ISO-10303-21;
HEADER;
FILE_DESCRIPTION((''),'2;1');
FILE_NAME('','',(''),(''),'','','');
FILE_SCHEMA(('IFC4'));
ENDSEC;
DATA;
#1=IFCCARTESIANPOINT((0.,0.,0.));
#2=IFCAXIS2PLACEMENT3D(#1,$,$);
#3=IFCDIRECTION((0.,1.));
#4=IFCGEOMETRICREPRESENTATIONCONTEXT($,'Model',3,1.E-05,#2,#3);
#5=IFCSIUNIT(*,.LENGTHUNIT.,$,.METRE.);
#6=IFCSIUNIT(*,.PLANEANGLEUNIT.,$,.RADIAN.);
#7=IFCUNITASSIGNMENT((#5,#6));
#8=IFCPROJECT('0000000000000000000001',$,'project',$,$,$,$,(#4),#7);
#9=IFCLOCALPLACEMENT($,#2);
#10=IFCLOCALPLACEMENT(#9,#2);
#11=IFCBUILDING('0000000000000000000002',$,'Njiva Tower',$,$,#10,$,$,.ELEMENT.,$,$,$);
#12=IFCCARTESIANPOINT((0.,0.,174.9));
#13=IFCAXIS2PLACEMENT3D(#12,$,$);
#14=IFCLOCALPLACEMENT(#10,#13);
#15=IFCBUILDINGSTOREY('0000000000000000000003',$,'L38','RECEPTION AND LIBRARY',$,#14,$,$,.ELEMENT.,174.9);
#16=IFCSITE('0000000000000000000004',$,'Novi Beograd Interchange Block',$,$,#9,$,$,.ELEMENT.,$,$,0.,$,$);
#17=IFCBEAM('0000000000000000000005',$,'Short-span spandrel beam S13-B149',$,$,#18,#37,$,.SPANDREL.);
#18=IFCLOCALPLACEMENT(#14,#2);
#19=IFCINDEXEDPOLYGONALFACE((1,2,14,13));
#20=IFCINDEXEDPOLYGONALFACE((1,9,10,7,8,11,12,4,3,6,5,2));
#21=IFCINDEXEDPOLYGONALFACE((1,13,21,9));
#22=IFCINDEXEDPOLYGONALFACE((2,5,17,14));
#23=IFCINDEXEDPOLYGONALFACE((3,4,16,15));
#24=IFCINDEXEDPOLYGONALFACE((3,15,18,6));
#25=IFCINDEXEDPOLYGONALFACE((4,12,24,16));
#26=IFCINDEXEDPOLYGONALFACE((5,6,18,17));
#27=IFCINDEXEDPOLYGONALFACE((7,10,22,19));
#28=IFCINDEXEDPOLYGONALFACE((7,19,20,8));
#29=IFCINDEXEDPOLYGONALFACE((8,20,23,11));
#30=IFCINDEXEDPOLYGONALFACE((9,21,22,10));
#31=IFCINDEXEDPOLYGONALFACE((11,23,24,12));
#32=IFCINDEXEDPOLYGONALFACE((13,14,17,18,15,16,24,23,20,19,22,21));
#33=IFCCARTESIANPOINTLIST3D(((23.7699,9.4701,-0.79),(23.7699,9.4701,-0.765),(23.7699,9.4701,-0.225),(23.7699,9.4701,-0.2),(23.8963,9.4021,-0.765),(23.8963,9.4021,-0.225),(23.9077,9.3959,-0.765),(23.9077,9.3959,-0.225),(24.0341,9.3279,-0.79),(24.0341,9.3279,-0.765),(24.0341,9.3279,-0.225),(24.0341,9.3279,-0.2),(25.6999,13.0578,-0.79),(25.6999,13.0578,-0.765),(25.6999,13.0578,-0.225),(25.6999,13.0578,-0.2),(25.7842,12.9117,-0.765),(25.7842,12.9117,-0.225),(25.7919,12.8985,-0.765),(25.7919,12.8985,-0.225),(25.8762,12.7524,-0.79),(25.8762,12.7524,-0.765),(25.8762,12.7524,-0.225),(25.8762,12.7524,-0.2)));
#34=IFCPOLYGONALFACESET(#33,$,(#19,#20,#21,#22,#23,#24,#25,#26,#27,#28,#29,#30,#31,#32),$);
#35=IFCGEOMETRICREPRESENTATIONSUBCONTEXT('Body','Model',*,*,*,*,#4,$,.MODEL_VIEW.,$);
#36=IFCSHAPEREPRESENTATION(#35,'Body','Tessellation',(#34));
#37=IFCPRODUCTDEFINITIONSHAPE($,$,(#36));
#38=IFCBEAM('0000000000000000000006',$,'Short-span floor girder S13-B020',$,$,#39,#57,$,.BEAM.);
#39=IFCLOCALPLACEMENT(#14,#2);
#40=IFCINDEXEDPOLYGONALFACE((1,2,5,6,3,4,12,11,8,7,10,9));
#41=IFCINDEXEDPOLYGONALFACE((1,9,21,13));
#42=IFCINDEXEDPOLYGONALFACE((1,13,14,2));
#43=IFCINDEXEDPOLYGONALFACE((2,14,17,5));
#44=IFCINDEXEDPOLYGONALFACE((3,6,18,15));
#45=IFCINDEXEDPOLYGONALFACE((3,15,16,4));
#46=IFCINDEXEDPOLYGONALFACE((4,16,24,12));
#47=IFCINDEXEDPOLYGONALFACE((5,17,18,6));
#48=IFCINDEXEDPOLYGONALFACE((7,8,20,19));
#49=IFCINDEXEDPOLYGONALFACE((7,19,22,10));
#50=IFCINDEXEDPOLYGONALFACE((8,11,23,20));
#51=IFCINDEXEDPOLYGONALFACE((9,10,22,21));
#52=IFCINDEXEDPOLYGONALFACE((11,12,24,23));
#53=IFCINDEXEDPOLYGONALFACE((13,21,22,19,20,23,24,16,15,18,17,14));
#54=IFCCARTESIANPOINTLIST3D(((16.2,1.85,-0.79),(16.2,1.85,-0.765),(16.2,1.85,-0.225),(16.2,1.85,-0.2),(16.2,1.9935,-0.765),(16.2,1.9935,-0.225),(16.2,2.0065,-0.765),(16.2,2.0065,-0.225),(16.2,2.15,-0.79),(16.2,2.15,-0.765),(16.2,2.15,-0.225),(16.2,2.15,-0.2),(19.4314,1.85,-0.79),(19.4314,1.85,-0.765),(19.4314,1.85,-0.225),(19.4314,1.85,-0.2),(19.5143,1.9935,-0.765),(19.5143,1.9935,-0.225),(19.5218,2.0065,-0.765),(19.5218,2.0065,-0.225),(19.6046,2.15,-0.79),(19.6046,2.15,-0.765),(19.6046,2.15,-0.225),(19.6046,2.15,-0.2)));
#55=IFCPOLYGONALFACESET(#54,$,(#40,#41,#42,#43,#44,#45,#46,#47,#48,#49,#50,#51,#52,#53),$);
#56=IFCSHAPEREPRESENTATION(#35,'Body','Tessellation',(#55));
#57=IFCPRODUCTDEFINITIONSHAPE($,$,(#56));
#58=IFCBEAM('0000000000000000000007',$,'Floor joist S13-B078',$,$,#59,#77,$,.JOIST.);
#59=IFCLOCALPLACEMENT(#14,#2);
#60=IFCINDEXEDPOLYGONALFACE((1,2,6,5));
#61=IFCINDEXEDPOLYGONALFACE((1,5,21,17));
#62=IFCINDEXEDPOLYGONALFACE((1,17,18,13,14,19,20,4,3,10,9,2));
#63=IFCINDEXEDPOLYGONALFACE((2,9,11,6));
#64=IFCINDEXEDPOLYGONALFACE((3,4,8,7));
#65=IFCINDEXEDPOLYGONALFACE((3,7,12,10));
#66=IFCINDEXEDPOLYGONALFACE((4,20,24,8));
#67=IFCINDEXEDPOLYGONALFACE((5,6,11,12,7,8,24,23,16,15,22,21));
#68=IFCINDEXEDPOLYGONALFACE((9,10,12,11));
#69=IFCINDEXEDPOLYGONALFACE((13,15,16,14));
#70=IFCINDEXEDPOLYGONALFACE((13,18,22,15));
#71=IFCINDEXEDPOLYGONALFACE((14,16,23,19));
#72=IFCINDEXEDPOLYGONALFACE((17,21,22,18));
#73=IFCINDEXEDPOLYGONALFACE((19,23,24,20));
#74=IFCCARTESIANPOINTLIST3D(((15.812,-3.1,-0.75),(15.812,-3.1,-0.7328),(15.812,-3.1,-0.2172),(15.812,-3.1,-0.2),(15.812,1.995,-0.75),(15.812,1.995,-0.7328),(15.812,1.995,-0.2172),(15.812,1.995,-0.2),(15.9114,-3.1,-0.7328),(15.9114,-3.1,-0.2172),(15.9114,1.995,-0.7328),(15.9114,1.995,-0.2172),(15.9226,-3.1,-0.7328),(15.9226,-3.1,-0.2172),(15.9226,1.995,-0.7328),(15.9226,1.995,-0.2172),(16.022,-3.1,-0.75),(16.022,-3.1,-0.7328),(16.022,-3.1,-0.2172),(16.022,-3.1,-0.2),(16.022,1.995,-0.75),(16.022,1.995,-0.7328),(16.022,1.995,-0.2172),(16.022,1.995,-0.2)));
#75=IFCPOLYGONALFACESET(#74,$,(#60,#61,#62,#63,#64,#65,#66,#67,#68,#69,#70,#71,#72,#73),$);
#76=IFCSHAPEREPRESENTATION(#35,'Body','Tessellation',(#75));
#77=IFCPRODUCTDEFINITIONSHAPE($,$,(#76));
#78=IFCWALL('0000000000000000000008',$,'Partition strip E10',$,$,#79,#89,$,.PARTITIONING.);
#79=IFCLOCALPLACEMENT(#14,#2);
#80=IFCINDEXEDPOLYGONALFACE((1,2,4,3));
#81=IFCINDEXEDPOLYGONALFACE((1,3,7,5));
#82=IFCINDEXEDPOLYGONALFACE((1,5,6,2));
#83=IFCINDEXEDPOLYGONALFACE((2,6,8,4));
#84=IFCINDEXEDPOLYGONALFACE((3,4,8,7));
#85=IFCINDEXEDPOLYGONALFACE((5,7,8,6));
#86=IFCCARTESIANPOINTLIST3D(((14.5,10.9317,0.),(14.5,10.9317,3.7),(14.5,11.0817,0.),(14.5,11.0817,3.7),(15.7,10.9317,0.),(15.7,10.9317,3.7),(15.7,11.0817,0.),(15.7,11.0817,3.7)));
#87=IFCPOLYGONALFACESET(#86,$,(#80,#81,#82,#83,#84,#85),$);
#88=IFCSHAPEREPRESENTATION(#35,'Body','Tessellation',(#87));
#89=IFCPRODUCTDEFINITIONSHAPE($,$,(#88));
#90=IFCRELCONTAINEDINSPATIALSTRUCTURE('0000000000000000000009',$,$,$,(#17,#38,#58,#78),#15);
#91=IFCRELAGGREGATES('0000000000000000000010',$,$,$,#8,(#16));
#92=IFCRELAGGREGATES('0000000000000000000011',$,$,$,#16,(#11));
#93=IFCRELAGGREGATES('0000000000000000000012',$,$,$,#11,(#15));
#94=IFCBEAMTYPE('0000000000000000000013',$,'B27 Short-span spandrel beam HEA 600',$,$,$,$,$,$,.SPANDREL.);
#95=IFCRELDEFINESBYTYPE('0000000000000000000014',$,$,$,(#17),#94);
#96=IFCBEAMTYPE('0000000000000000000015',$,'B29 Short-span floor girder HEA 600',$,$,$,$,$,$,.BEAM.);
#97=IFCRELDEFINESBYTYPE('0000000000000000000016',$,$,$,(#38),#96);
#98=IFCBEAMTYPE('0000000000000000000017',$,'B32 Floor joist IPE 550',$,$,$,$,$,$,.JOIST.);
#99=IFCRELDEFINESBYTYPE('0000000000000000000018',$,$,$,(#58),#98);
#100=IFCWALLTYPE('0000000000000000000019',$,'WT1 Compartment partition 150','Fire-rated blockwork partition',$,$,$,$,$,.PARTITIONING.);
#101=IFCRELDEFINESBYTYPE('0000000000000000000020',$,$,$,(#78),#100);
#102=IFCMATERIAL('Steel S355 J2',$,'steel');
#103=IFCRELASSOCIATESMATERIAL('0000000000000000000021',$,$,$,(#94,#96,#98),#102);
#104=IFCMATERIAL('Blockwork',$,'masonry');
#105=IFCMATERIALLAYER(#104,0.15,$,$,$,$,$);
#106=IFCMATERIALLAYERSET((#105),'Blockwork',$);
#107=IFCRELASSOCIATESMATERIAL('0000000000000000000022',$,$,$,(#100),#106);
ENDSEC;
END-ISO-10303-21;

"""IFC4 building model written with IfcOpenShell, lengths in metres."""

from ifc_helpers import new_model, si_unit, direction, frame, frame_2d, origin, origin_2d, place, context, subcontext, project, spatial, rectangle, i_section, extrude, clip, halfspace, material, layer, layer_set, material_profile, profile_set, type_object, element, save


model = new_model("IFC4")

# Units and contexts
model_context = context("Model", 3, precision=1e-05, world=origin(), true_north=direction((0.0, 1.0)))
body_context = subcontext(model_context, "Body", "Model", "MODEL_VIEW")
ifc_project = project(units=[si_unit("LENGTHUNIT", "METRE"), si_unit("PLANEANGLEUNIT", "RADIAN")], contexts=[model_context])

# Site, building, storey
site_placement = place(None, origin())
site = spatial("IfcSite", under=ifc_project, at=site_placement, Name="Novi Beograd Interchange Block", CompositionType="ELEMENT", RefElevation=0.0)
building_placement = place(site_placement, origin())
building = spatial("IfcBuilding", under=site, at=building_placement, Name="Njiva Tower", CompositionType="ELEMENT")
storey_placement = place(building_placement, frame((0.0, 0.0, 174.9)))
storey = spatial("IfcBuildingStorey", under=building, at=storey_placement, Name="L38", Description="RECEPTION AND LIBRARY", CompositionType="ELEMENT", Elevation=174.9)

# Shared definitions
ifc_material_1 = material(Name="Steel S355 J2", Category="steel")

# Beams
ifc_material_profile_1 = material_profile(ifc_material_1, i_section(OverallWidth=0.3, OverallDepth=0.59, WebThickness=0.013, FlangeThickness=0.025, at=origin_2d()), Name="HEA 600")
ifc_profile_set_1 = profile_set([ifc_material_profile_1], Name="Steel S355 J2")
beam_type_1 = type_object("IfcBeamType", Name="B27 Short-span spandrel beam HEA 600", PredefinedType="SPANDREL", material=ifc_profile_set_1)
beam_1_placement = place(storey_placement, frame((23.902, 9.399, -0.495), z_axis=(0.47374, 0.880665, 0.0), x_axis=(-0.880665, 0.47374, 0.0)))
element("IfcBeam", 1, at=beam_1_placement, inside=storey, type_object=beam_type_1, Name="Short-span spandrel beam S13-B149", PredefinedType="SPANDREL", context=body_context, shape_type="Clipping", body=[
    clip(extrude(i_section(OverallWidth=0.3, OverallDepth=0.59, WebThickness=0.013, FlangeThickness=0.025, at=origin_2d()), origin(), (0.0, 0.0, 1.0), 4.0941), halfspace(frame((-0.0264, 0.0, 3.9649), z_axis=(-0.52581, 0.0, 0.850602), x_axis=(0.0, 1.0, 0.0)), False)),
])
ifc_material_profile_2 = material_profile(ifc_material_1, i_section(OverallWidth=0.3, OverallDepth=0.59, WebThickness=0.013, FlangeThickness=0.025, at=origin_2d()), Name="HEA 600")
ifc_profile_set_2 = profile_set([ifc_material_profile_2], Name="Steel S355 J2")
beam_type_2 = type_object("IfcBeamType", Name="B29 Short-span floor girder HEA 600", PredefinedType="BEAM", material=ifc_profile_set_2)
beam_2_placement = place(storey_placement, frame((16.2, 2.0, -0.495), z_axis=(1.0, 0.0, 0.0), x_axis=(0.0, 1.0, 0.0)))
element("IfcBeam", 2, at=beam_2_placement, inside=storey, type_object=beam_type_2, Name="Short-span floor girder S13-B020", PredefinedType="BEAM", context=body_context, shape_type="Clipping", body=[
    clip(extrude(i_section(OverallWidth=0.3, OverallDepth=0.59, WebThickness=0.013, FlangeThickness=0.025, at=origin_2d()), origin(), (0.0, 0.0, 1.0), 3.425), halfspace(frame((-0.025, 0.0, 3.3036), z_axis=(-0.499998, 0.0, 0.866027), x_axis=(0.0, 1.0, 0.0)), False)),
])
ifc_material_profile_3 = material_profile(ifc_material_1, i_section(OverallWidth=0.21, OverallDepth=0.55, WebThickness=0.0111, FlangeThickness=0.0172, at=origin_2d()), Name="IPE 550")
ifc_profile_set_3 = profile_set([ifc_material_profile_3], Name="Steel S355 J2")
beam_type_3 = type_object("IfcBeamType", Name="B32 Floor joist IPE 550", PredefinedType="JOIST", material=ifc_profile_set_3)
beam_3_placement = place(storey_placement, frame((15.917, 1.995, -0.475), z_axis=(0.0, -1.0, 0.0), x_axis=(1.0, 0.0, 0.0)))
element("IfcBeam", 3, at=beam_3_placement, inside=storey, type_object=beam_type_3, Name="Floor joist S13-B078", PredefinedType="JOIST", context=body_context, shape_type="SweptSolid", body=[
    extrude(i_section(OverallWidth=0.21, OverallDepth=0.55, WebThickness=0.0111, FlangeThickness=0.0172, at=origin_2d()), origin(), (0.0, 0.0, 1.0), 5.095),
])

# Wall
ifc_material_2 = material(Name="Blockwork", Category="masonry")
ifc_layer_1 = layer(ifc_material_2, 0.15)
ifc_layer_set_1 = layer_set([ifc_layer_1], Name="Blockwork")
wall_type_1 = type_object("IfcWallType", Name="WT1 Compartment partition 150", Description="Fire-rated blockwork partition", PredefinedType="PARTITIONING", material=ifc_layer_set_1)
wall_1_placement = place(storey_placement, frame((14.5, 11.0067, 0.0), z_axis=(0.0, 0.0, 1.0), x_axis=(1.0, 0.0, 0.0)))
element("IfcWall", 4, at=wall_1_placement, inside=storey, type_object=wall_type_1, Name="Partition strip E10", PredefinedType="PARTITIONING", context=body_context, shape_type="SweptSolid", body=[
    extrude(rectangle(XDim=1.2, YDim=0.15, at=frame_2d((0.6, 0.0))), origin(), (0.0, 0.0, 1.0), 3.7),
])

save(model, "model.ifc")
